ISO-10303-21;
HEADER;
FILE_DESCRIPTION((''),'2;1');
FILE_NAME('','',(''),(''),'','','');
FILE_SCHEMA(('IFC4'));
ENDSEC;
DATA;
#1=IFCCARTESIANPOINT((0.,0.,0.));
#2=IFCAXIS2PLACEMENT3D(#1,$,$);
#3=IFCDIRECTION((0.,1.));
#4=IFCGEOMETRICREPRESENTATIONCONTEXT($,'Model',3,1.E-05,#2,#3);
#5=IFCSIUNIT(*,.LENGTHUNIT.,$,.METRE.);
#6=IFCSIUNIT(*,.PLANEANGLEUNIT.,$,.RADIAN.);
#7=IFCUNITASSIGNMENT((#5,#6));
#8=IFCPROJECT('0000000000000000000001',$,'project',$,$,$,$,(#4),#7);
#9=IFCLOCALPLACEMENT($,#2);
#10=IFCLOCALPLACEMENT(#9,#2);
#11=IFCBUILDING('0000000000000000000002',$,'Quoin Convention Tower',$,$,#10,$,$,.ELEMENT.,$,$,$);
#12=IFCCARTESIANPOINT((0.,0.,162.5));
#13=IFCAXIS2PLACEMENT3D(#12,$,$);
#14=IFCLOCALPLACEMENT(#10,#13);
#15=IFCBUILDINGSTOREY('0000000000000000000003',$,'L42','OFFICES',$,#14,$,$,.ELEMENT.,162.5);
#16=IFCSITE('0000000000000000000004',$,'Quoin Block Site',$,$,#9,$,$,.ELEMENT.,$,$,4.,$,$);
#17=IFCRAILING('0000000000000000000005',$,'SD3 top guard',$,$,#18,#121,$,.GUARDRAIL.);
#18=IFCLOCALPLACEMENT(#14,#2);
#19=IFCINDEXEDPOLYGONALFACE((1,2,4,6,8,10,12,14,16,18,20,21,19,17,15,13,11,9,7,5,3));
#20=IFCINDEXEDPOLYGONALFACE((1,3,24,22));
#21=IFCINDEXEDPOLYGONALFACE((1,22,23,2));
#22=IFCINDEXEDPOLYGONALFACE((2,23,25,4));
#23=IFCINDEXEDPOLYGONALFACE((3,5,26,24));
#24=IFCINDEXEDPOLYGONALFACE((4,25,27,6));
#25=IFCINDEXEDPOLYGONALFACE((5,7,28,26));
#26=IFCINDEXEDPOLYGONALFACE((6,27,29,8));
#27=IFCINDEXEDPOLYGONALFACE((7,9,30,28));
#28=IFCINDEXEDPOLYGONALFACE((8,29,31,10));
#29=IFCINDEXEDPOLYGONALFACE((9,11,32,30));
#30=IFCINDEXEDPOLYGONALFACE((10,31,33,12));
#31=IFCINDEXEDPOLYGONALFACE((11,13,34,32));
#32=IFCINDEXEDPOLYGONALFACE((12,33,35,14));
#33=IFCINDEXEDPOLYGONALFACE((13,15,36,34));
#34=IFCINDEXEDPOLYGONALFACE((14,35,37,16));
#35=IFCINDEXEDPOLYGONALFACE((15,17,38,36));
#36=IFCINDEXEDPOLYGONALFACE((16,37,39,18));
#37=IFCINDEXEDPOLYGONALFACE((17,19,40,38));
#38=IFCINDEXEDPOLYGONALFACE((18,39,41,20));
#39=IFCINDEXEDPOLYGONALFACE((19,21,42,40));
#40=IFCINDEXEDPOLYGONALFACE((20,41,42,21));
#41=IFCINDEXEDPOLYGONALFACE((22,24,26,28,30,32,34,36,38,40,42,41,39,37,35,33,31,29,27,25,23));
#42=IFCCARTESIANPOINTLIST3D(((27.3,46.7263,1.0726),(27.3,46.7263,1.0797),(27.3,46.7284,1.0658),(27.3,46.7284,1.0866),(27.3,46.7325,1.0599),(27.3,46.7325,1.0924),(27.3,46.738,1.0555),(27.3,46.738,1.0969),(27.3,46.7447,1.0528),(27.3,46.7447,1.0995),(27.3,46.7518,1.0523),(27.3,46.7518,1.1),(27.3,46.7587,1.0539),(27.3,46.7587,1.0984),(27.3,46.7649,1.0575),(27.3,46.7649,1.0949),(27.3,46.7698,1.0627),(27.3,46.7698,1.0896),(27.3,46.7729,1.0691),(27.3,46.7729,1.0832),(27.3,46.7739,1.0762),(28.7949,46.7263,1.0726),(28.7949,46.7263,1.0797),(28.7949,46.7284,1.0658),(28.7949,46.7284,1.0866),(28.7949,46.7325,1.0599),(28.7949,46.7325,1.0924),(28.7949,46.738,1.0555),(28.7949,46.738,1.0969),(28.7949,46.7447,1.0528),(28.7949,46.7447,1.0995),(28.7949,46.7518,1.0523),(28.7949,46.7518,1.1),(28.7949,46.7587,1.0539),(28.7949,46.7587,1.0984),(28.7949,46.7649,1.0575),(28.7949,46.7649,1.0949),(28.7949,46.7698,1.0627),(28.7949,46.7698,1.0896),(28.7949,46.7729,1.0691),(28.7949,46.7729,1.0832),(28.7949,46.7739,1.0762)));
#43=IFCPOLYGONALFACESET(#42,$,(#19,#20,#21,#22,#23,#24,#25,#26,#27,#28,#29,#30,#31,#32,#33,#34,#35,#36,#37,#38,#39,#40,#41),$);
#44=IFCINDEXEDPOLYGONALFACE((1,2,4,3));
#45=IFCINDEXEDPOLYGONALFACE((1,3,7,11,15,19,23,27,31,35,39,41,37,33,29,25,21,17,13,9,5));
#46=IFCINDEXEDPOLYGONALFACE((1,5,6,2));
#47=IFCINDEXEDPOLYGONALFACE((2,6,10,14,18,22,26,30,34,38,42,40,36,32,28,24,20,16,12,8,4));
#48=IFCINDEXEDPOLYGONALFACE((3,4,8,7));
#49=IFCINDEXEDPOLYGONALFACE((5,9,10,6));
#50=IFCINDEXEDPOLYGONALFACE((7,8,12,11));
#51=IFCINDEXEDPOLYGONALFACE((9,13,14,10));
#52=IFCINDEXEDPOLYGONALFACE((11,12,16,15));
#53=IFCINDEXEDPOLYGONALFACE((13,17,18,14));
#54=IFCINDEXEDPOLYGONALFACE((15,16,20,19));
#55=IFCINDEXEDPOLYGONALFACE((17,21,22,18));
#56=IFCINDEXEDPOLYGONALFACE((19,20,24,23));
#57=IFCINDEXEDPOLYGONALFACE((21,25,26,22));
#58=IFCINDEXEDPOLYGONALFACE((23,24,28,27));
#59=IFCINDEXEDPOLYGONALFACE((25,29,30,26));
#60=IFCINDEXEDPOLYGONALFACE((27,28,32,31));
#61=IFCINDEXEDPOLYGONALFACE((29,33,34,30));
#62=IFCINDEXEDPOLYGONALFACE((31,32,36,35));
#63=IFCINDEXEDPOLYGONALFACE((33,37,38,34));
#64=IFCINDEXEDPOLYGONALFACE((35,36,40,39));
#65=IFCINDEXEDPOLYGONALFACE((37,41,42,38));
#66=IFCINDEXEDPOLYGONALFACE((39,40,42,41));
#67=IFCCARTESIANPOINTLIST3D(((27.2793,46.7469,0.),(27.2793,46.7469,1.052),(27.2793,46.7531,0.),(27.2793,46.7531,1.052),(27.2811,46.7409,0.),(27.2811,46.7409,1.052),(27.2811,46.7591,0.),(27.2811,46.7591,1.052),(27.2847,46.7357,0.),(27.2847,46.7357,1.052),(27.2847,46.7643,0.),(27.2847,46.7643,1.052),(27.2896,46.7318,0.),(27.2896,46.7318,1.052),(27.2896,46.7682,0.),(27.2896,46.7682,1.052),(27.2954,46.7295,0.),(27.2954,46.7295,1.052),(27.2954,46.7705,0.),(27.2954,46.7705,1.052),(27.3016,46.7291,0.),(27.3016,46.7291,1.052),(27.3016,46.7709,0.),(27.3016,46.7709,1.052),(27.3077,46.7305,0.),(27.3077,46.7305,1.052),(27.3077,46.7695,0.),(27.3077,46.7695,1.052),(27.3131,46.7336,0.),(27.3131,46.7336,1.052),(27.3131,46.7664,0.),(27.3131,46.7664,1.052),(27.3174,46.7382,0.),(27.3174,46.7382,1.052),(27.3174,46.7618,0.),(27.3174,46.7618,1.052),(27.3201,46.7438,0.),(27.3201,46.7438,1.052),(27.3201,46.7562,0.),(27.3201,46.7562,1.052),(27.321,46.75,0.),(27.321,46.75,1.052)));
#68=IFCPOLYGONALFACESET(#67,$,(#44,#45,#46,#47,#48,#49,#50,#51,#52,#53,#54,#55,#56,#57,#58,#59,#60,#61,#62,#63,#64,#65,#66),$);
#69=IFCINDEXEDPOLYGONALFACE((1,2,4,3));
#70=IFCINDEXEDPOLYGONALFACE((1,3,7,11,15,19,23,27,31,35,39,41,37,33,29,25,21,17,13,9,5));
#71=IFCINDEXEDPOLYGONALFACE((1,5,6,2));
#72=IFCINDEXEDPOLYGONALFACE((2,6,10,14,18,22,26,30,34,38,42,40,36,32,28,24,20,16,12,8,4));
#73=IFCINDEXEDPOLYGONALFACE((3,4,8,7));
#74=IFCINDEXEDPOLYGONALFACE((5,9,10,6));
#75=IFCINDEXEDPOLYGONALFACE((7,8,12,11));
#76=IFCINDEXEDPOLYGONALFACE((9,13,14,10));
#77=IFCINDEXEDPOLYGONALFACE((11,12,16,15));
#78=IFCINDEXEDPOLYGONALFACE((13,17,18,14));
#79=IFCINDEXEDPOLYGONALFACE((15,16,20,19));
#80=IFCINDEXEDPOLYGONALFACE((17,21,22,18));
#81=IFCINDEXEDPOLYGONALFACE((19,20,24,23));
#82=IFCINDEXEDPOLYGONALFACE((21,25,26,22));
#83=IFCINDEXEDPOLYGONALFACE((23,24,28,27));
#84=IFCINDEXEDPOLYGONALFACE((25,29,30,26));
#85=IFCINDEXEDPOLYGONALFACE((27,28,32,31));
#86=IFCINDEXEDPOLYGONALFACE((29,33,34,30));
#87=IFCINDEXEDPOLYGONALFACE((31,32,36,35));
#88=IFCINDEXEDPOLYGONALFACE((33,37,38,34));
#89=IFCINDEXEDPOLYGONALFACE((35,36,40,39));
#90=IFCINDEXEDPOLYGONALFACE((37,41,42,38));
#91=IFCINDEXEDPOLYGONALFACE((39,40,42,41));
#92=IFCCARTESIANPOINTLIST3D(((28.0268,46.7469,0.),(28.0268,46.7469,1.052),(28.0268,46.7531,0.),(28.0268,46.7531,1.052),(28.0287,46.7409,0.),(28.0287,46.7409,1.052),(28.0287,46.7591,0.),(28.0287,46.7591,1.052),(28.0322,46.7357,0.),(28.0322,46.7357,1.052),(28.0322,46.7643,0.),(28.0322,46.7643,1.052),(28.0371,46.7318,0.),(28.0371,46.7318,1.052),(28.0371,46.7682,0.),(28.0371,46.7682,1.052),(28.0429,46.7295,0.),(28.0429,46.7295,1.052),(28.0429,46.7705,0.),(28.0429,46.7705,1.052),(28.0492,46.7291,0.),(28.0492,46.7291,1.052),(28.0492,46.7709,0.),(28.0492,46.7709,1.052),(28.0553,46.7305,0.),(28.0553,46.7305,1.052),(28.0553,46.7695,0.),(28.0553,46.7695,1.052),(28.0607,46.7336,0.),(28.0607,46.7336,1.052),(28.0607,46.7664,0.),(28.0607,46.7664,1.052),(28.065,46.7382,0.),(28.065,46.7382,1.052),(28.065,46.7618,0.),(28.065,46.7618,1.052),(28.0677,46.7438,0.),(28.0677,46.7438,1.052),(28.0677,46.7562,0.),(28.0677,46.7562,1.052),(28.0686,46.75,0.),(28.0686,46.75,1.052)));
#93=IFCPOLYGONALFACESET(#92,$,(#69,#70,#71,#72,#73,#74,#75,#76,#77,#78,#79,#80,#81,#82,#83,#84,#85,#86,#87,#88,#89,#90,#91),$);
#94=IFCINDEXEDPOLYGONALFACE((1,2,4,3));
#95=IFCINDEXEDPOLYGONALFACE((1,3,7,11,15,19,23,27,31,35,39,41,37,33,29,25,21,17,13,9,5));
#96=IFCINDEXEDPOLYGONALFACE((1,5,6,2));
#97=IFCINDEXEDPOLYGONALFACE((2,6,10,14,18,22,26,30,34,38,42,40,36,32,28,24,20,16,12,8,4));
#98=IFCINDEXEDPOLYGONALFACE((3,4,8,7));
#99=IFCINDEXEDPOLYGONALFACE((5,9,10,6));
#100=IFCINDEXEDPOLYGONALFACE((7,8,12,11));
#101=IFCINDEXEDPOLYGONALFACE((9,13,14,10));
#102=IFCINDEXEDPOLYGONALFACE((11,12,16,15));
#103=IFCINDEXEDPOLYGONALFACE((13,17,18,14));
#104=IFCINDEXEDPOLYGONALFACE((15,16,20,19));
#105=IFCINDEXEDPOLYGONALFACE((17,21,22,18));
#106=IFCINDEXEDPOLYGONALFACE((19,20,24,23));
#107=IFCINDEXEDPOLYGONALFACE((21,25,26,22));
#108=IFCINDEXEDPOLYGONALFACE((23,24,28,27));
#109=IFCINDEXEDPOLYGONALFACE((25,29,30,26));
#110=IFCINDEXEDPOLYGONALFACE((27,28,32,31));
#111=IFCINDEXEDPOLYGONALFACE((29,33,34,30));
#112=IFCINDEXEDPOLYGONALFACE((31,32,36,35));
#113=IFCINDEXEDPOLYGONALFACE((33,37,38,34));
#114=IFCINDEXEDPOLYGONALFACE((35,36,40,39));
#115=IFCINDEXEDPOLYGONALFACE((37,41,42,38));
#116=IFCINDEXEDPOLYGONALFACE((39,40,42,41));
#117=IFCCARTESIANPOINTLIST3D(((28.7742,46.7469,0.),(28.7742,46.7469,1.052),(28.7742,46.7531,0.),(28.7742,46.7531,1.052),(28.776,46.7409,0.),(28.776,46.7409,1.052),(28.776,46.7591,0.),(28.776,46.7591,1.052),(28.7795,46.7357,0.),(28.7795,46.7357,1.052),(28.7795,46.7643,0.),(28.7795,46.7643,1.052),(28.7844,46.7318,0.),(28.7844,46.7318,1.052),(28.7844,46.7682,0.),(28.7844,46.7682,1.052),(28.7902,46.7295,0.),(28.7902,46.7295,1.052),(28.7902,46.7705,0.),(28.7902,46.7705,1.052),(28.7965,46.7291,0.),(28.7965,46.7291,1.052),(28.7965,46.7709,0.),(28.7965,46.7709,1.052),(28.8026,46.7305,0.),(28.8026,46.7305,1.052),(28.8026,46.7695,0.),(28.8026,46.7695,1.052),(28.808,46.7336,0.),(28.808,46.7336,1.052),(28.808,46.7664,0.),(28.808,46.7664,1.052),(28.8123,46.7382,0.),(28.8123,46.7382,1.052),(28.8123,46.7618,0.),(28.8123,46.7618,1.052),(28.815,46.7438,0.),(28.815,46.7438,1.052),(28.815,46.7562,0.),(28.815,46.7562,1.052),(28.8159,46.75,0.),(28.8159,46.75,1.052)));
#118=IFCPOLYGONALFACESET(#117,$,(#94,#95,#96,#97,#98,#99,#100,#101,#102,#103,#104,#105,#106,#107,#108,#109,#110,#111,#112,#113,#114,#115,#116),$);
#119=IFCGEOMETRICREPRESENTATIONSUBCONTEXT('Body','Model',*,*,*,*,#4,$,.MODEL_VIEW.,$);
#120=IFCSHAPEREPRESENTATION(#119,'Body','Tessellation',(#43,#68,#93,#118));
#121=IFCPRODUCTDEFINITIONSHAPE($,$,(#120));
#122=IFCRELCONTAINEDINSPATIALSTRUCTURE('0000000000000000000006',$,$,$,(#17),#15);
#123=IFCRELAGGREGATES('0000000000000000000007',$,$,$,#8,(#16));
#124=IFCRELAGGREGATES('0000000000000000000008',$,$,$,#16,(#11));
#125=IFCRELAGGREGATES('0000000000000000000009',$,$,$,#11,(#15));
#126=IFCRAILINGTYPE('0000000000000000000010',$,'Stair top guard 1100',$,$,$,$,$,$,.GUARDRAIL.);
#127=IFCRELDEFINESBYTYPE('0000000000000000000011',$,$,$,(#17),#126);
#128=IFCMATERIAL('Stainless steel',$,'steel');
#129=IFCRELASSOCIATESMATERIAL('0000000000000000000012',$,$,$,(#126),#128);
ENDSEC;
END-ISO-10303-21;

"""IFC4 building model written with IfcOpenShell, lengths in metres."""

from ifc_helpers import new_model, si_unit, direction, frame, origin, origin_2d, place, context, subcontext, project, spatial, circle, extrude, material, type_object, element, save


model = new_model("IFC4")

# Units and contexts
model_context = context("Model", 3, precision=1e-05, world=origin(), true_north=direction((0.0, 1.0)))
body_context = subcontext(model_context, "Body", "Model", "MODEL_VIEW")
ifc_project = project(units=[si_unit("LENGTHUNIT", "METRE"), si_unit("PLANEANGLEUNIT", "RADIAN")], contexts=[model_context])

# Site, building, storey
site_placement = place(None, origin())
site = spatial("IfcSite", under=ifc_project, at=site_placement, Name="Quoin Block Site", CompositionType="ELEMENT", RefElevation=4.0)
building_placement = place(site_placement, origin())
building = spatial("IfcBuilding", under=site, at=building_placement, Name="Quoin Convention Tower", CompositionType="ELEMENT")
storey_placement = place(building_placement, frame((0.0, 0.0, 162.5)))
storey = spatial("IfcBuildingStorey", under=building, at=storey_placement, Name="L42", Description="OFFICES", CompositionType="ELEMENT", Elevation=162.5)

# Railing
ifc_material_1 = material(Name="Stainless steel", Category="steel")
railing_type_1 = type_object("IfcRailingType", Name="Stair top guard 1100", PredefinedType="GUARDRAIL", material=ifc_material_1)
railing_1_placement = place(storey_placement, frame((27.3, 46.75, 0.0)))
element("IfcRailing", 1, at=railing_1_placement, inside=storey, type_object=railing_type_1, Name="SD3 top guard", PredefinedType="GUARDRAIL", context=body_context, shape_type="SweptSolid", body=[
    extrude(circle(Radius=0.0239, at=origin_2d()), frame((0.0, 0.0, 1.0762), z_axis=(1.0, 0.0, 0.0), x_axis=(0.0, 1.0, 0.0)), (0.0, 0.0, 1.0), 1.4949),
    extrude(circle(Radius=0.021, at=origin_2d()), origin(), (0.0, 0.0, 1.0), 1.052),
    extrude(circle(Radius=0.021, at=origin_2d()), frame((0.7476, 0.0, 0.0)), (0.0, 0.0, 1.0), 1.052),
    extrude(circle(Radius=0.021, at=origin_2d()), frame((1.4949, 0.0, 0.0)), (0.0, 0.0, 1.0), 1.052),
])

save(model, "model.ifc")
